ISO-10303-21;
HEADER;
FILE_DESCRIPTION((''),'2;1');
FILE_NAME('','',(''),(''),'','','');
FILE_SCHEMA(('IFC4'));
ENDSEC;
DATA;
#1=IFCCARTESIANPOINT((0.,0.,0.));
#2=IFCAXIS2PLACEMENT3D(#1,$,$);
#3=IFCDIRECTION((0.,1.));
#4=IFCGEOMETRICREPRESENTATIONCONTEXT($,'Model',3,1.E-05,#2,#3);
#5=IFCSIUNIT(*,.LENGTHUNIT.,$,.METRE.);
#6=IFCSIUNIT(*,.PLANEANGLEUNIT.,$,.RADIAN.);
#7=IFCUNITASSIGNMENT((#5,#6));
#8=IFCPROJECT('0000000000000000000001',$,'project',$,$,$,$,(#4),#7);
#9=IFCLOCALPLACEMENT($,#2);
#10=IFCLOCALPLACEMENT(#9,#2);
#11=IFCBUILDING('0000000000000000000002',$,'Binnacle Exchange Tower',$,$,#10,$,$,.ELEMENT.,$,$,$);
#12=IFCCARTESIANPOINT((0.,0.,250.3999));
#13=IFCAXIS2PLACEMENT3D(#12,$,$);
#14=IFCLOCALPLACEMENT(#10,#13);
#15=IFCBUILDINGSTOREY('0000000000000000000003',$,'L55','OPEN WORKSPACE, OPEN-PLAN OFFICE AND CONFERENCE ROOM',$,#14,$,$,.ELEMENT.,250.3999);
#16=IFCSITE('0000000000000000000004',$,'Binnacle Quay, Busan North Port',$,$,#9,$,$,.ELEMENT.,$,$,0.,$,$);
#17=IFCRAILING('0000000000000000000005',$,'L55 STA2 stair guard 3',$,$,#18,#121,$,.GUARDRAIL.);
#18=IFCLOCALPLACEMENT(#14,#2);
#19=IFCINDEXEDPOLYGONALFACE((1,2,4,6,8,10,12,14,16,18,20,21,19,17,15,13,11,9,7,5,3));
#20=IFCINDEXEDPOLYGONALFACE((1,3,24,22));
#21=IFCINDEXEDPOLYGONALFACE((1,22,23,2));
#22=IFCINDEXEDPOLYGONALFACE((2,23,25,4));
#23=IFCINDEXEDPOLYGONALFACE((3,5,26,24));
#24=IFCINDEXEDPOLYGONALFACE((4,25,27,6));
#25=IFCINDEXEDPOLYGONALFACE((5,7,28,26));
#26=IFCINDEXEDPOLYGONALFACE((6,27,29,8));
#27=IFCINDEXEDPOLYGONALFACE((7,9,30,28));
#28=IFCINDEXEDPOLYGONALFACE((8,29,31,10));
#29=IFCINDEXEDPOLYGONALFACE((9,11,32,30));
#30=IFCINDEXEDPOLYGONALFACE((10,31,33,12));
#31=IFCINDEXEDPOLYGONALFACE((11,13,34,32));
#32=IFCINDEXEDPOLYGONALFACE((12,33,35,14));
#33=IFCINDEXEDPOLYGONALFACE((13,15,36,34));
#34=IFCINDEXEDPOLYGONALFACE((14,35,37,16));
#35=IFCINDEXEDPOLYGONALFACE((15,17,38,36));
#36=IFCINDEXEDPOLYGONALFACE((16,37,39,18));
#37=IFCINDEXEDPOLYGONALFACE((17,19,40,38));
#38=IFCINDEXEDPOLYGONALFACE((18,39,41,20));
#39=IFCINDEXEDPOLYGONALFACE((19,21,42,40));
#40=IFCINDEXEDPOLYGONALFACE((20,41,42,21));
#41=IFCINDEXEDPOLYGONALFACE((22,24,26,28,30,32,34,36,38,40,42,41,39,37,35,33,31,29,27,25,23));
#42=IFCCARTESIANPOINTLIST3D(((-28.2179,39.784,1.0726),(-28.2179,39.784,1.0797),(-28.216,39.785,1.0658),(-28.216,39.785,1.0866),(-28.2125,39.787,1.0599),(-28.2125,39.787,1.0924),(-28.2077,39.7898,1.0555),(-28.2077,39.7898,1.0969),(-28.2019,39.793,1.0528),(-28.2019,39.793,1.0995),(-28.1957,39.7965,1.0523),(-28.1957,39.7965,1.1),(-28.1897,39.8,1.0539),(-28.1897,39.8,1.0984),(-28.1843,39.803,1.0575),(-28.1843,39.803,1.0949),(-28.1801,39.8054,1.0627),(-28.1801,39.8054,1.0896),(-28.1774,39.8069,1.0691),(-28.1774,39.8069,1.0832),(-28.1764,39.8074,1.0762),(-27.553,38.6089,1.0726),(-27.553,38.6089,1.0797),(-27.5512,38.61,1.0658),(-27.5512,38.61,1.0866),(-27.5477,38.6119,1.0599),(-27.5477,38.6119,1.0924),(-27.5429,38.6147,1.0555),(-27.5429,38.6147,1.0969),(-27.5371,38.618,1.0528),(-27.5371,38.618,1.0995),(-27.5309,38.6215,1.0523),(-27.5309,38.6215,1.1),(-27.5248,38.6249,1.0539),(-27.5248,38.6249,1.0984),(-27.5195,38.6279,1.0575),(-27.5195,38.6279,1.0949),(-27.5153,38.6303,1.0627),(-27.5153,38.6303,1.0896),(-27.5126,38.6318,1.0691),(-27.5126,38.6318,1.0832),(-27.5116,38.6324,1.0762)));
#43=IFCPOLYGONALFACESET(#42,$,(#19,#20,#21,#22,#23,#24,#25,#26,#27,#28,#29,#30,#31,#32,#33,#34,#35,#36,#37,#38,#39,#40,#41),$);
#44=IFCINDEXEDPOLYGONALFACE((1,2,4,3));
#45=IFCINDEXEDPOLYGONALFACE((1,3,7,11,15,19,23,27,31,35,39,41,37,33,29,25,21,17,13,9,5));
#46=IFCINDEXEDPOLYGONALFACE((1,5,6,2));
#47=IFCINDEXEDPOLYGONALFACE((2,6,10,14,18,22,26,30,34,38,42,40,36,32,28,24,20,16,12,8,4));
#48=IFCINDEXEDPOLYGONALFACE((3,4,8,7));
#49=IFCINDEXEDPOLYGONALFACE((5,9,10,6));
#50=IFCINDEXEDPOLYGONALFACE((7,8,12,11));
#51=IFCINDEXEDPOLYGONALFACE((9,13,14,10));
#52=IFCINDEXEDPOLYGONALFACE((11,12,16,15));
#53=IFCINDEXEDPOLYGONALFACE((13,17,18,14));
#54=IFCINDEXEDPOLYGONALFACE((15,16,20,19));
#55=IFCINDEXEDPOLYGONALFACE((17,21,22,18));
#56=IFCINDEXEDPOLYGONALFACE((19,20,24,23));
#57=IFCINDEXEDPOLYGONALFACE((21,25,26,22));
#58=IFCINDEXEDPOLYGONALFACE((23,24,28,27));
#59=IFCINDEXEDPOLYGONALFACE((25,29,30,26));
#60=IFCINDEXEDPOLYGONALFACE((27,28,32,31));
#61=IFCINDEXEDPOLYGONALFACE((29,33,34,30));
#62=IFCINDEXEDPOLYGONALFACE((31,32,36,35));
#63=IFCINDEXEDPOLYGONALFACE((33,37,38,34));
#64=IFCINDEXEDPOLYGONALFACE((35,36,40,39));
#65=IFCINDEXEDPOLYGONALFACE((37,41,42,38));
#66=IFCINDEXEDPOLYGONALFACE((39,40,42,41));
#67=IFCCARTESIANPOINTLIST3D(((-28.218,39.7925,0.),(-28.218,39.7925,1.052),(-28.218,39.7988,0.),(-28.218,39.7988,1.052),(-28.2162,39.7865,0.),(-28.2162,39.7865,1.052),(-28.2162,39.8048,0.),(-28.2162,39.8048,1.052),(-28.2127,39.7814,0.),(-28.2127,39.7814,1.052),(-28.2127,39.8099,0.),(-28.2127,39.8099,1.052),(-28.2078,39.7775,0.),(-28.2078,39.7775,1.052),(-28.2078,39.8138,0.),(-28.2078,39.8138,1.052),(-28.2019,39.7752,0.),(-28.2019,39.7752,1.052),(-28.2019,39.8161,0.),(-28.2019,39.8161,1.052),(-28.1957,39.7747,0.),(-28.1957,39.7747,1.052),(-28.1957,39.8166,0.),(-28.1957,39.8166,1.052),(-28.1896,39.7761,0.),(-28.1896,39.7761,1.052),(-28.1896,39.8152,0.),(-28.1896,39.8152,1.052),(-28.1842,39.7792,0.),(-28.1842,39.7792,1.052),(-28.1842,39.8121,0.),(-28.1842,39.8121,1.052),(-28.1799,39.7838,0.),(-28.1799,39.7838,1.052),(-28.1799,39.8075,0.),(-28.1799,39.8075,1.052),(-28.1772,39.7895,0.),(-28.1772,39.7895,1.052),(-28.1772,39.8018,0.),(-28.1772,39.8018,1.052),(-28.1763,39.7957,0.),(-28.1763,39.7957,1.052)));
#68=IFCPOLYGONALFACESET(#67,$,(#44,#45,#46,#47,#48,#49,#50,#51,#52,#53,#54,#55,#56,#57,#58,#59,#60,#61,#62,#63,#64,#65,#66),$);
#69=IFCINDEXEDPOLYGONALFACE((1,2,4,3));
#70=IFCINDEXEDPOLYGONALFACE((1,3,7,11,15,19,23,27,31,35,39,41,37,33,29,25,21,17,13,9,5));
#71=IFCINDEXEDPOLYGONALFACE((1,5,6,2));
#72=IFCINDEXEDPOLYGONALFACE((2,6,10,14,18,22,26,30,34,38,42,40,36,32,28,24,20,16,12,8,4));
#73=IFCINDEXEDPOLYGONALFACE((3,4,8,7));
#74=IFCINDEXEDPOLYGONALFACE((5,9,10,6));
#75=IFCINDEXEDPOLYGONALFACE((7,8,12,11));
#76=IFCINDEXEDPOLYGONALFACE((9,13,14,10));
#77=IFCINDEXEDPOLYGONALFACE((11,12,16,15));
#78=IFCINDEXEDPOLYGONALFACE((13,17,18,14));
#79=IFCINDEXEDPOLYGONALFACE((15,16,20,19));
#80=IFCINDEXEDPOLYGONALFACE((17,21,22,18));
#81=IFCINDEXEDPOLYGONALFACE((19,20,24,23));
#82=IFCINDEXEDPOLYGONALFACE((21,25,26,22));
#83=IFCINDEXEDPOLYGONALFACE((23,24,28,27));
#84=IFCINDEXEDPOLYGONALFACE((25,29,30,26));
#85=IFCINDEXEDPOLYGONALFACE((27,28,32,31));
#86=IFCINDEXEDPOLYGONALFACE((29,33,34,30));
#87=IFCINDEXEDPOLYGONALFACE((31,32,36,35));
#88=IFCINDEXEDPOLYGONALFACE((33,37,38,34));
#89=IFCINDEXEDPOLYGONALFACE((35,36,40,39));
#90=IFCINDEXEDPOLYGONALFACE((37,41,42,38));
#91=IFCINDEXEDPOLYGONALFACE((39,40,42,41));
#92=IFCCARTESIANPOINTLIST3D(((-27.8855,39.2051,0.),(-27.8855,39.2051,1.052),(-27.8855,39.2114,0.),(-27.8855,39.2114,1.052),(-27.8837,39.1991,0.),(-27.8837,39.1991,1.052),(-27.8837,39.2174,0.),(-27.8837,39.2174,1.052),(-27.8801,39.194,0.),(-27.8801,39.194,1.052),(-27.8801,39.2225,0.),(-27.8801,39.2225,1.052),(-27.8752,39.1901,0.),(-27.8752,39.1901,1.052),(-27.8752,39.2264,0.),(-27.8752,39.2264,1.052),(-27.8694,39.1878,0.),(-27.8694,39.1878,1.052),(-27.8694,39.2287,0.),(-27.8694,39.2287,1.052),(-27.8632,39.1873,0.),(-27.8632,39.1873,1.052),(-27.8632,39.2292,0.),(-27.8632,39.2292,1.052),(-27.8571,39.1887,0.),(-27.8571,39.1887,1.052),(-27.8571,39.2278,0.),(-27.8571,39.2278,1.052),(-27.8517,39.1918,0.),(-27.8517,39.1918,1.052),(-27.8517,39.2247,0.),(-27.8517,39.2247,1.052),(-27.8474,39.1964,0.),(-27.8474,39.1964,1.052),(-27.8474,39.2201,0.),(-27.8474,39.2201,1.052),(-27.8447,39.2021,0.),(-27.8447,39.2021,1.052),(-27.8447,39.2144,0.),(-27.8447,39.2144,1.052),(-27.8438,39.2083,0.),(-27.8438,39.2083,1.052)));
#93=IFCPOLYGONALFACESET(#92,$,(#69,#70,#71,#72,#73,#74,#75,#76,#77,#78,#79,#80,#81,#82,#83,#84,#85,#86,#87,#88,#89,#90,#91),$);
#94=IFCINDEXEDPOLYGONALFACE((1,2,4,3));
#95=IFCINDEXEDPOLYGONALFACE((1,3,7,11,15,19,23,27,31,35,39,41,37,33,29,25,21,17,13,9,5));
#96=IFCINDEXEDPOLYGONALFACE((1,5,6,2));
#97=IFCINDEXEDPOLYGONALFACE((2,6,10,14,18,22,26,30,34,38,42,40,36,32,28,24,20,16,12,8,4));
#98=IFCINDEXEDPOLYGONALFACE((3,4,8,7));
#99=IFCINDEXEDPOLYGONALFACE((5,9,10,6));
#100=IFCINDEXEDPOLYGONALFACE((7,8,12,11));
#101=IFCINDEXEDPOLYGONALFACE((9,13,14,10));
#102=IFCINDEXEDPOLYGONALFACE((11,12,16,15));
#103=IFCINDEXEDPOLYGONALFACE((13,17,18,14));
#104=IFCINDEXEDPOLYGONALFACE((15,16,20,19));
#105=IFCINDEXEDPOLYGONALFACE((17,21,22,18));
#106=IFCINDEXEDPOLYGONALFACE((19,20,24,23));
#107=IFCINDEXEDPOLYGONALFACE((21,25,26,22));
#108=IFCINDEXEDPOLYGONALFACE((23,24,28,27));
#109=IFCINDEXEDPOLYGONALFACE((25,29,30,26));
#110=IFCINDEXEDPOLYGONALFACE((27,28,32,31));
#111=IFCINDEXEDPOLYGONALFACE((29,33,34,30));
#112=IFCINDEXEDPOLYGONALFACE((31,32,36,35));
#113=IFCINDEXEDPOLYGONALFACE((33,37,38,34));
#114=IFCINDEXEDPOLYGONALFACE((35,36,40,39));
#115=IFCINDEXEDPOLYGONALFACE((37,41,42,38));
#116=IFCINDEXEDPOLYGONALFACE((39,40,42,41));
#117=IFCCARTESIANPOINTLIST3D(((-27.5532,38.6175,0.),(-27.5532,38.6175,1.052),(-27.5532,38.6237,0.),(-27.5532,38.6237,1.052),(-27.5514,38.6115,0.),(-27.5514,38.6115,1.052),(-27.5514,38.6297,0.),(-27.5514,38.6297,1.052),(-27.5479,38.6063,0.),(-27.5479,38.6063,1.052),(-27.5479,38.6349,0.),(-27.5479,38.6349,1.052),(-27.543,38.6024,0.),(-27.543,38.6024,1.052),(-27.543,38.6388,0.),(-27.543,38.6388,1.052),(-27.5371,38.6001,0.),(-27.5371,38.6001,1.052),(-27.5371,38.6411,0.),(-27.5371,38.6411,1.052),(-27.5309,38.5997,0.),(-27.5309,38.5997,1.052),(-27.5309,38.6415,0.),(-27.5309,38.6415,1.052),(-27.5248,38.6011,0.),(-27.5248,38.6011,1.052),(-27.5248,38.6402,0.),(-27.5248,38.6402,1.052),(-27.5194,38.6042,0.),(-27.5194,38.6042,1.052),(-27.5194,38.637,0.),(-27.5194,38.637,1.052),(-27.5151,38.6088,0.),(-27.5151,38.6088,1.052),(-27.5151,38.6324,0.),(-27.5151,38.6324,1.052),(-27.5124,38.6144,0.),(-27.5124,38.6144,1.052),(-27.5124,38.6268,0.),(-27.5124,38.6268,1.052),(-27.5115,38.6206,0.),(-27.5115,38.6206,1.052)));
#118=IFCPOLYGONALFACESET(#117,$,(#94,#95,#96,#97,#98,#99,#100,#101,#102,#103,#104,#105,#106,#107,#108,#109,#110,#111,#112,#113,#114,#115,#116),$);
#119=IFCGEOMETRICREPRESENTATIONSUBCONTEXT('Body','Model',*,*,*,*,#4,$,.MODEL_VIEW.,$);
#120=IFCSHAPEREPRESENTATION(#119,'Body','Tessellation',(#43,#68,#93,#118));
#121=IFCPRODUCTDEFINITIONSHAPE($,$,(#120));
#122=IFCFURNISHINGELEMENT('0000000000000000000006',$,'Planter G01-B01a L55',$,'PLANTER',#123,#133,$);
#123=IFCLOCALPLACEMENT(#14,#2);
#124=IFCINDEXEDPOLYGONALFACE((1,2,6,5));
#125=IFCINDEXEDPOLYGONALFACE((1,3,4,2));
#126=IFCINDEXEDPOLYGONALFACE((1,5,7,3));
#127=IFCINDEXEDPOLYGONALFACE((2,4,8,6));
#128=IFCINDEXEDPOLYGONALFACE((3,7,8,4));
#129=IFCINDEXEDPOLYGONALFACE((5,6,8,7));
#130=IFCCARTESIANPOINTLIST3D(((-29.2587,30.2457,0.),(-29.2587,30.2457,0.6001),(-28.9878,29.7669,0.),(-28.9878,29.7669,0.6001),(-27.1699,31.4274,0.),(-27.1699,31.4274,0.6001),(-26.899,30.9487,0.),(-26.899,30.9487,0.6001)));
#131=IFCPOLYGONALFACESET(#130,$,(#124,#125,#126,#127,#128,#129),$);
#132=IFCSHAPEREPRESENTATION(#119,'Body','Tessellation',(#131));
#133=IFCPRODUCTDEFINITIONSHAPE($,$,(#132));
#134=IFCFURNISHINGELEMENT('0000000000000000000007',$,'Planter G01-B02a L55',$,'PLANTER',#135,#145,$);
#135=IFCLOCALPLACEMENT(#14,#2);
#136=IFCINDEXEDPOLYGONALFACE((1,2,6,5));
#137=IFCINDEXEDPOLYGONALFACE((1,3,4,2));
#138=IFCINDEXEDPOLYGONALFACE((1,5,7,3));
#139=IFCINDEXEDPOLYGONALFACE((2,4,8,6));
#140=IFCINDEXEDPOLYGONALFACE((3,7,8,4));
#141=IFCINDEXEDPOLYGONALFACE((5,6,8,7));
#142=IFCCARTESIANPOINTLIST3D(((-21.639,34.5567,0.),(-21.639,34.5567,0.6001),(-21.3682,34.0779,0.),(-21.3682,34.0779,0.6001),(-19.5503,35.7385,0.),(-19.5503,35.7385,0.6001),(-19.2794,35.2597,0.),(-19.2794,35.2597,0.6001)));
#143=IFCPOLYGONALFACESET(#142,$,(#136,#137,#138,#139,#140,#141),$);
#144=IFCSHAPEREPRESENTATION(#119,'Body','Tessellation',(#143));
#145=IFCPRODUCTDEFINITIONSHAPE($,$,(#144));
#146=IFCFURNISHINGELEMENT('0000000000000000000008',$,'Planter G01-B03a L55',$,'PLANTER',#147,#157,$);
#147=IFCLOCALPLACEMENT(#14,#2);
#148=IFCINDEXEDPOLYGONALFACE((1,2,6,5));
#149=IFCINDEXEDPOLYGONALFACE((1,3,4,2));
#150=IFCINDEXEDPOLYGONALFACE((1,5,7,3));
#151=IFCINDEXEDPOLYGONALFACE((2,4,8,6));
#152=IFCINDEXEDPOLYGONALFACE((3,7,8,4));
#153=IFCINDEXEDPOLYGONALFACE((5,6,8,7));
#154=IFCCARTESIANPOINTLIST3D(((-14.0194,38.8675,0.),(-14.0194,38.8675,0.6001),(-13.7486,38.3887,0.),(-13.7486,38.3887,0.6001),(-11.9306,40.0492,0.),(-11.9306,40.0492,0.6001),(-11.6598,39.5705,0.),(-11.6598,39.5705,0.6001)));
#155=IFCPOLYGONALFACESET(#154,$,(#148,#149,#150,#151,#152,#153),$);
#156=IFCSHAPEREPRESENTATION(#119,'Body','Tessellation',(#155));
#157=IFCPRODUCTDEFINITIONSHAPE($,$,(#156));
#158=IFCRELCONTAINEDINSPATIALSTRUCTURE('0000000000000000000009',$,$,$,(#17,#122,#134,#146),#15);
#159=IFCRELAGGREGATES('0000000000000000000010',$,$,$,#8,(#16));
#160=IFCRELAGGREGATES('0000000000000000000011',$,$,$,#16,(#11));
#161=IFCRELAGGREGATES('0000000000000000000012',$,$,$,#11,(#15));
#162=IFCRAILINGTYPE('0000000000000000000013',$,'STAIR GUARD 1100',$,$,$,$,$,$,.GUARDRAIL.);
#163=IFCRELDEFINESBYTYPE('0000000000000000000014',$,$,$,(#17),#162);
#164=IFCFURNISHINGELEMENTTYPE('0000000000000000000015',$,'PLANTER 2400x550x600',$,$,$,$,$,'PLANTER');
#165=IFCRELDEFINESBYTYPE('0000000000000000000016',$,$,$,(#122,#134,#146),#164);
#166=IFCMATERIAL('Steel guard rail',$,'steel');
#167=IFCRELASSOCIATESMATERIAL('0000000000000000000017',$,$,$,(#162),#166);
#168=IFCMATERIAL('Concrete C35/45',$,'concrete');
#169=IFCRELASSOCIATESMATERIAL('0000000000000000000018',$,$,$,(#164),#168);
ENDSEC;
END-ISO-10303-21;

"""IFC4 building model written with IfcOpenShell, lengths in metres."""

from ifc_helpers import new_model, si_unit, direction, frame, origin, origin_2d, place, context, subcontext, project, spatial, rectangle, circle, extrude, material, type_object, element, save


model = new_model("IFC4")

# Units and contexts
model_context = context("Model", 3, precision=1e-05, world=origin(), true_north=direction((0.0, 1.0)))
body_context = subcontext(model_context, "Body", "Model", "MODEL_VIEW")
ifc_project = project(units=[si_unit("LENGTHUNIT", "METRE"), si_unit("PLANEANGLEUNIT", "RADIAN")], contexts=[model_context])

# Site, building, storey
site_placement = place(None, origin())
site = spatial("IfcSite", under=ifc_project, at=site_placement, Name="Binnacle Quay, Busan North Port", CompositionType="ELEMENT", RefElevation=0.0)
building_placement = place(site_placement, origin())
building = spatial("IfcBuilding", under=site, at=building_placement, Name="Binnacle Exchange Tower", CompositionType="ELEMENT")
storey_placement = place(building_placement, frame((0.0, 0.0, 250.3999)))
storey = spatial("IfcBuildingStorey", under=building, at=storey_placement, Name="L55", Description="OPEN WORKSPACE, OPEN-PLAN OFFICE AND CONFERENCE ROOM", CompositionType="ELEMENT", Elevation=250.3999)

# Railing
ifc_material_1 = material(Name="Steel guard rail", Category="steel")
railing_type_1 = type_object("IfcRailingType", Name="STAIR GUARD 1100", PredefinedType="GUARDRAIL", material=ifc_material_1)
railing_1_placement = place(storey_placement, frame((-28.1973, 39.7957, 0.0)))
element("IfcRailing", 1, at=railing_1_placement, inside=storey, type_object=railing_type_1, Name="L55 STA2 stair guard 3", PredefinedType="GUARDRAIL", context=body_context, shape_type="SweptSolid", body=[
    extrude(circle(Radius=0.0239, at=origin_2d()), frame((0.0, 0.0, 1.0762), z_axis=(0.492415, -0.870361, 0.0), x_axis=(0.870361, 0.492415, 0.0)), (0.0, 0.0, 1.0), 1.3501),
    extrude(circle(Radius=0.021, at=origin_2d()), origin(), (0.0, 0.0, 1.0), 1.052),
    extrude(circle(Radius=0.021, at=origin_2d()), frame((0.3325, -0.5874, 0.0)), (0.0, 0.0, 1.0), 1.052),
    extrude(circle(Radius=0.021, at=origin_2d()), frame((0.6648, -1.175, 0.0)), (0.0, 0.0, 1.0), 1.052),
])

# Furnishing elements
ifc_material_2 = material(Name="Concrete C35/45", Category="concrete")
furnishing_element_type = type_object("IfcFurnishingElementType", Name="PLANTER 2400x550x600", ElementType="PLANTER", material=ifc_material_2)
for number, where, z_axis, x_axis, name in (
    (2, (-28.0789, 30.5972, 0.0), (0.0, 0.0, 1.0), (0.870356, 0.492424, 0.0), "Planter G01-B01a L55"),
    (3, (-20.4592, 34.9082, 0.0), (0.0, 0.0, 1.0), (0.870356, 0.492424, 0.0), "Planter G01-B02a L55"),
    (4, (-12.8396, 39.219, 0.0), (0.0, 0.0, 1.0), (0.870356, 0.492424, 0.0), "Planter G01-B03a L55"),
):
    element("IfcFurnishingElement", number, at=place(storey_placement, frame(where, z_axis=z_axis, x_axis=x_axis)), inside=storey, type_object=furnishing_element_type, Name=name, ObjectType="PLANTER", context=body_context, shape_type="SweptSolid", body=[
        extrude(rectangle(XDim=2.3999, YDim=0.55, at=origin_2d()), origin(), (0.0, 0.0, 1.0), 0.6001),
    ])

save(model, "model.ifc")
